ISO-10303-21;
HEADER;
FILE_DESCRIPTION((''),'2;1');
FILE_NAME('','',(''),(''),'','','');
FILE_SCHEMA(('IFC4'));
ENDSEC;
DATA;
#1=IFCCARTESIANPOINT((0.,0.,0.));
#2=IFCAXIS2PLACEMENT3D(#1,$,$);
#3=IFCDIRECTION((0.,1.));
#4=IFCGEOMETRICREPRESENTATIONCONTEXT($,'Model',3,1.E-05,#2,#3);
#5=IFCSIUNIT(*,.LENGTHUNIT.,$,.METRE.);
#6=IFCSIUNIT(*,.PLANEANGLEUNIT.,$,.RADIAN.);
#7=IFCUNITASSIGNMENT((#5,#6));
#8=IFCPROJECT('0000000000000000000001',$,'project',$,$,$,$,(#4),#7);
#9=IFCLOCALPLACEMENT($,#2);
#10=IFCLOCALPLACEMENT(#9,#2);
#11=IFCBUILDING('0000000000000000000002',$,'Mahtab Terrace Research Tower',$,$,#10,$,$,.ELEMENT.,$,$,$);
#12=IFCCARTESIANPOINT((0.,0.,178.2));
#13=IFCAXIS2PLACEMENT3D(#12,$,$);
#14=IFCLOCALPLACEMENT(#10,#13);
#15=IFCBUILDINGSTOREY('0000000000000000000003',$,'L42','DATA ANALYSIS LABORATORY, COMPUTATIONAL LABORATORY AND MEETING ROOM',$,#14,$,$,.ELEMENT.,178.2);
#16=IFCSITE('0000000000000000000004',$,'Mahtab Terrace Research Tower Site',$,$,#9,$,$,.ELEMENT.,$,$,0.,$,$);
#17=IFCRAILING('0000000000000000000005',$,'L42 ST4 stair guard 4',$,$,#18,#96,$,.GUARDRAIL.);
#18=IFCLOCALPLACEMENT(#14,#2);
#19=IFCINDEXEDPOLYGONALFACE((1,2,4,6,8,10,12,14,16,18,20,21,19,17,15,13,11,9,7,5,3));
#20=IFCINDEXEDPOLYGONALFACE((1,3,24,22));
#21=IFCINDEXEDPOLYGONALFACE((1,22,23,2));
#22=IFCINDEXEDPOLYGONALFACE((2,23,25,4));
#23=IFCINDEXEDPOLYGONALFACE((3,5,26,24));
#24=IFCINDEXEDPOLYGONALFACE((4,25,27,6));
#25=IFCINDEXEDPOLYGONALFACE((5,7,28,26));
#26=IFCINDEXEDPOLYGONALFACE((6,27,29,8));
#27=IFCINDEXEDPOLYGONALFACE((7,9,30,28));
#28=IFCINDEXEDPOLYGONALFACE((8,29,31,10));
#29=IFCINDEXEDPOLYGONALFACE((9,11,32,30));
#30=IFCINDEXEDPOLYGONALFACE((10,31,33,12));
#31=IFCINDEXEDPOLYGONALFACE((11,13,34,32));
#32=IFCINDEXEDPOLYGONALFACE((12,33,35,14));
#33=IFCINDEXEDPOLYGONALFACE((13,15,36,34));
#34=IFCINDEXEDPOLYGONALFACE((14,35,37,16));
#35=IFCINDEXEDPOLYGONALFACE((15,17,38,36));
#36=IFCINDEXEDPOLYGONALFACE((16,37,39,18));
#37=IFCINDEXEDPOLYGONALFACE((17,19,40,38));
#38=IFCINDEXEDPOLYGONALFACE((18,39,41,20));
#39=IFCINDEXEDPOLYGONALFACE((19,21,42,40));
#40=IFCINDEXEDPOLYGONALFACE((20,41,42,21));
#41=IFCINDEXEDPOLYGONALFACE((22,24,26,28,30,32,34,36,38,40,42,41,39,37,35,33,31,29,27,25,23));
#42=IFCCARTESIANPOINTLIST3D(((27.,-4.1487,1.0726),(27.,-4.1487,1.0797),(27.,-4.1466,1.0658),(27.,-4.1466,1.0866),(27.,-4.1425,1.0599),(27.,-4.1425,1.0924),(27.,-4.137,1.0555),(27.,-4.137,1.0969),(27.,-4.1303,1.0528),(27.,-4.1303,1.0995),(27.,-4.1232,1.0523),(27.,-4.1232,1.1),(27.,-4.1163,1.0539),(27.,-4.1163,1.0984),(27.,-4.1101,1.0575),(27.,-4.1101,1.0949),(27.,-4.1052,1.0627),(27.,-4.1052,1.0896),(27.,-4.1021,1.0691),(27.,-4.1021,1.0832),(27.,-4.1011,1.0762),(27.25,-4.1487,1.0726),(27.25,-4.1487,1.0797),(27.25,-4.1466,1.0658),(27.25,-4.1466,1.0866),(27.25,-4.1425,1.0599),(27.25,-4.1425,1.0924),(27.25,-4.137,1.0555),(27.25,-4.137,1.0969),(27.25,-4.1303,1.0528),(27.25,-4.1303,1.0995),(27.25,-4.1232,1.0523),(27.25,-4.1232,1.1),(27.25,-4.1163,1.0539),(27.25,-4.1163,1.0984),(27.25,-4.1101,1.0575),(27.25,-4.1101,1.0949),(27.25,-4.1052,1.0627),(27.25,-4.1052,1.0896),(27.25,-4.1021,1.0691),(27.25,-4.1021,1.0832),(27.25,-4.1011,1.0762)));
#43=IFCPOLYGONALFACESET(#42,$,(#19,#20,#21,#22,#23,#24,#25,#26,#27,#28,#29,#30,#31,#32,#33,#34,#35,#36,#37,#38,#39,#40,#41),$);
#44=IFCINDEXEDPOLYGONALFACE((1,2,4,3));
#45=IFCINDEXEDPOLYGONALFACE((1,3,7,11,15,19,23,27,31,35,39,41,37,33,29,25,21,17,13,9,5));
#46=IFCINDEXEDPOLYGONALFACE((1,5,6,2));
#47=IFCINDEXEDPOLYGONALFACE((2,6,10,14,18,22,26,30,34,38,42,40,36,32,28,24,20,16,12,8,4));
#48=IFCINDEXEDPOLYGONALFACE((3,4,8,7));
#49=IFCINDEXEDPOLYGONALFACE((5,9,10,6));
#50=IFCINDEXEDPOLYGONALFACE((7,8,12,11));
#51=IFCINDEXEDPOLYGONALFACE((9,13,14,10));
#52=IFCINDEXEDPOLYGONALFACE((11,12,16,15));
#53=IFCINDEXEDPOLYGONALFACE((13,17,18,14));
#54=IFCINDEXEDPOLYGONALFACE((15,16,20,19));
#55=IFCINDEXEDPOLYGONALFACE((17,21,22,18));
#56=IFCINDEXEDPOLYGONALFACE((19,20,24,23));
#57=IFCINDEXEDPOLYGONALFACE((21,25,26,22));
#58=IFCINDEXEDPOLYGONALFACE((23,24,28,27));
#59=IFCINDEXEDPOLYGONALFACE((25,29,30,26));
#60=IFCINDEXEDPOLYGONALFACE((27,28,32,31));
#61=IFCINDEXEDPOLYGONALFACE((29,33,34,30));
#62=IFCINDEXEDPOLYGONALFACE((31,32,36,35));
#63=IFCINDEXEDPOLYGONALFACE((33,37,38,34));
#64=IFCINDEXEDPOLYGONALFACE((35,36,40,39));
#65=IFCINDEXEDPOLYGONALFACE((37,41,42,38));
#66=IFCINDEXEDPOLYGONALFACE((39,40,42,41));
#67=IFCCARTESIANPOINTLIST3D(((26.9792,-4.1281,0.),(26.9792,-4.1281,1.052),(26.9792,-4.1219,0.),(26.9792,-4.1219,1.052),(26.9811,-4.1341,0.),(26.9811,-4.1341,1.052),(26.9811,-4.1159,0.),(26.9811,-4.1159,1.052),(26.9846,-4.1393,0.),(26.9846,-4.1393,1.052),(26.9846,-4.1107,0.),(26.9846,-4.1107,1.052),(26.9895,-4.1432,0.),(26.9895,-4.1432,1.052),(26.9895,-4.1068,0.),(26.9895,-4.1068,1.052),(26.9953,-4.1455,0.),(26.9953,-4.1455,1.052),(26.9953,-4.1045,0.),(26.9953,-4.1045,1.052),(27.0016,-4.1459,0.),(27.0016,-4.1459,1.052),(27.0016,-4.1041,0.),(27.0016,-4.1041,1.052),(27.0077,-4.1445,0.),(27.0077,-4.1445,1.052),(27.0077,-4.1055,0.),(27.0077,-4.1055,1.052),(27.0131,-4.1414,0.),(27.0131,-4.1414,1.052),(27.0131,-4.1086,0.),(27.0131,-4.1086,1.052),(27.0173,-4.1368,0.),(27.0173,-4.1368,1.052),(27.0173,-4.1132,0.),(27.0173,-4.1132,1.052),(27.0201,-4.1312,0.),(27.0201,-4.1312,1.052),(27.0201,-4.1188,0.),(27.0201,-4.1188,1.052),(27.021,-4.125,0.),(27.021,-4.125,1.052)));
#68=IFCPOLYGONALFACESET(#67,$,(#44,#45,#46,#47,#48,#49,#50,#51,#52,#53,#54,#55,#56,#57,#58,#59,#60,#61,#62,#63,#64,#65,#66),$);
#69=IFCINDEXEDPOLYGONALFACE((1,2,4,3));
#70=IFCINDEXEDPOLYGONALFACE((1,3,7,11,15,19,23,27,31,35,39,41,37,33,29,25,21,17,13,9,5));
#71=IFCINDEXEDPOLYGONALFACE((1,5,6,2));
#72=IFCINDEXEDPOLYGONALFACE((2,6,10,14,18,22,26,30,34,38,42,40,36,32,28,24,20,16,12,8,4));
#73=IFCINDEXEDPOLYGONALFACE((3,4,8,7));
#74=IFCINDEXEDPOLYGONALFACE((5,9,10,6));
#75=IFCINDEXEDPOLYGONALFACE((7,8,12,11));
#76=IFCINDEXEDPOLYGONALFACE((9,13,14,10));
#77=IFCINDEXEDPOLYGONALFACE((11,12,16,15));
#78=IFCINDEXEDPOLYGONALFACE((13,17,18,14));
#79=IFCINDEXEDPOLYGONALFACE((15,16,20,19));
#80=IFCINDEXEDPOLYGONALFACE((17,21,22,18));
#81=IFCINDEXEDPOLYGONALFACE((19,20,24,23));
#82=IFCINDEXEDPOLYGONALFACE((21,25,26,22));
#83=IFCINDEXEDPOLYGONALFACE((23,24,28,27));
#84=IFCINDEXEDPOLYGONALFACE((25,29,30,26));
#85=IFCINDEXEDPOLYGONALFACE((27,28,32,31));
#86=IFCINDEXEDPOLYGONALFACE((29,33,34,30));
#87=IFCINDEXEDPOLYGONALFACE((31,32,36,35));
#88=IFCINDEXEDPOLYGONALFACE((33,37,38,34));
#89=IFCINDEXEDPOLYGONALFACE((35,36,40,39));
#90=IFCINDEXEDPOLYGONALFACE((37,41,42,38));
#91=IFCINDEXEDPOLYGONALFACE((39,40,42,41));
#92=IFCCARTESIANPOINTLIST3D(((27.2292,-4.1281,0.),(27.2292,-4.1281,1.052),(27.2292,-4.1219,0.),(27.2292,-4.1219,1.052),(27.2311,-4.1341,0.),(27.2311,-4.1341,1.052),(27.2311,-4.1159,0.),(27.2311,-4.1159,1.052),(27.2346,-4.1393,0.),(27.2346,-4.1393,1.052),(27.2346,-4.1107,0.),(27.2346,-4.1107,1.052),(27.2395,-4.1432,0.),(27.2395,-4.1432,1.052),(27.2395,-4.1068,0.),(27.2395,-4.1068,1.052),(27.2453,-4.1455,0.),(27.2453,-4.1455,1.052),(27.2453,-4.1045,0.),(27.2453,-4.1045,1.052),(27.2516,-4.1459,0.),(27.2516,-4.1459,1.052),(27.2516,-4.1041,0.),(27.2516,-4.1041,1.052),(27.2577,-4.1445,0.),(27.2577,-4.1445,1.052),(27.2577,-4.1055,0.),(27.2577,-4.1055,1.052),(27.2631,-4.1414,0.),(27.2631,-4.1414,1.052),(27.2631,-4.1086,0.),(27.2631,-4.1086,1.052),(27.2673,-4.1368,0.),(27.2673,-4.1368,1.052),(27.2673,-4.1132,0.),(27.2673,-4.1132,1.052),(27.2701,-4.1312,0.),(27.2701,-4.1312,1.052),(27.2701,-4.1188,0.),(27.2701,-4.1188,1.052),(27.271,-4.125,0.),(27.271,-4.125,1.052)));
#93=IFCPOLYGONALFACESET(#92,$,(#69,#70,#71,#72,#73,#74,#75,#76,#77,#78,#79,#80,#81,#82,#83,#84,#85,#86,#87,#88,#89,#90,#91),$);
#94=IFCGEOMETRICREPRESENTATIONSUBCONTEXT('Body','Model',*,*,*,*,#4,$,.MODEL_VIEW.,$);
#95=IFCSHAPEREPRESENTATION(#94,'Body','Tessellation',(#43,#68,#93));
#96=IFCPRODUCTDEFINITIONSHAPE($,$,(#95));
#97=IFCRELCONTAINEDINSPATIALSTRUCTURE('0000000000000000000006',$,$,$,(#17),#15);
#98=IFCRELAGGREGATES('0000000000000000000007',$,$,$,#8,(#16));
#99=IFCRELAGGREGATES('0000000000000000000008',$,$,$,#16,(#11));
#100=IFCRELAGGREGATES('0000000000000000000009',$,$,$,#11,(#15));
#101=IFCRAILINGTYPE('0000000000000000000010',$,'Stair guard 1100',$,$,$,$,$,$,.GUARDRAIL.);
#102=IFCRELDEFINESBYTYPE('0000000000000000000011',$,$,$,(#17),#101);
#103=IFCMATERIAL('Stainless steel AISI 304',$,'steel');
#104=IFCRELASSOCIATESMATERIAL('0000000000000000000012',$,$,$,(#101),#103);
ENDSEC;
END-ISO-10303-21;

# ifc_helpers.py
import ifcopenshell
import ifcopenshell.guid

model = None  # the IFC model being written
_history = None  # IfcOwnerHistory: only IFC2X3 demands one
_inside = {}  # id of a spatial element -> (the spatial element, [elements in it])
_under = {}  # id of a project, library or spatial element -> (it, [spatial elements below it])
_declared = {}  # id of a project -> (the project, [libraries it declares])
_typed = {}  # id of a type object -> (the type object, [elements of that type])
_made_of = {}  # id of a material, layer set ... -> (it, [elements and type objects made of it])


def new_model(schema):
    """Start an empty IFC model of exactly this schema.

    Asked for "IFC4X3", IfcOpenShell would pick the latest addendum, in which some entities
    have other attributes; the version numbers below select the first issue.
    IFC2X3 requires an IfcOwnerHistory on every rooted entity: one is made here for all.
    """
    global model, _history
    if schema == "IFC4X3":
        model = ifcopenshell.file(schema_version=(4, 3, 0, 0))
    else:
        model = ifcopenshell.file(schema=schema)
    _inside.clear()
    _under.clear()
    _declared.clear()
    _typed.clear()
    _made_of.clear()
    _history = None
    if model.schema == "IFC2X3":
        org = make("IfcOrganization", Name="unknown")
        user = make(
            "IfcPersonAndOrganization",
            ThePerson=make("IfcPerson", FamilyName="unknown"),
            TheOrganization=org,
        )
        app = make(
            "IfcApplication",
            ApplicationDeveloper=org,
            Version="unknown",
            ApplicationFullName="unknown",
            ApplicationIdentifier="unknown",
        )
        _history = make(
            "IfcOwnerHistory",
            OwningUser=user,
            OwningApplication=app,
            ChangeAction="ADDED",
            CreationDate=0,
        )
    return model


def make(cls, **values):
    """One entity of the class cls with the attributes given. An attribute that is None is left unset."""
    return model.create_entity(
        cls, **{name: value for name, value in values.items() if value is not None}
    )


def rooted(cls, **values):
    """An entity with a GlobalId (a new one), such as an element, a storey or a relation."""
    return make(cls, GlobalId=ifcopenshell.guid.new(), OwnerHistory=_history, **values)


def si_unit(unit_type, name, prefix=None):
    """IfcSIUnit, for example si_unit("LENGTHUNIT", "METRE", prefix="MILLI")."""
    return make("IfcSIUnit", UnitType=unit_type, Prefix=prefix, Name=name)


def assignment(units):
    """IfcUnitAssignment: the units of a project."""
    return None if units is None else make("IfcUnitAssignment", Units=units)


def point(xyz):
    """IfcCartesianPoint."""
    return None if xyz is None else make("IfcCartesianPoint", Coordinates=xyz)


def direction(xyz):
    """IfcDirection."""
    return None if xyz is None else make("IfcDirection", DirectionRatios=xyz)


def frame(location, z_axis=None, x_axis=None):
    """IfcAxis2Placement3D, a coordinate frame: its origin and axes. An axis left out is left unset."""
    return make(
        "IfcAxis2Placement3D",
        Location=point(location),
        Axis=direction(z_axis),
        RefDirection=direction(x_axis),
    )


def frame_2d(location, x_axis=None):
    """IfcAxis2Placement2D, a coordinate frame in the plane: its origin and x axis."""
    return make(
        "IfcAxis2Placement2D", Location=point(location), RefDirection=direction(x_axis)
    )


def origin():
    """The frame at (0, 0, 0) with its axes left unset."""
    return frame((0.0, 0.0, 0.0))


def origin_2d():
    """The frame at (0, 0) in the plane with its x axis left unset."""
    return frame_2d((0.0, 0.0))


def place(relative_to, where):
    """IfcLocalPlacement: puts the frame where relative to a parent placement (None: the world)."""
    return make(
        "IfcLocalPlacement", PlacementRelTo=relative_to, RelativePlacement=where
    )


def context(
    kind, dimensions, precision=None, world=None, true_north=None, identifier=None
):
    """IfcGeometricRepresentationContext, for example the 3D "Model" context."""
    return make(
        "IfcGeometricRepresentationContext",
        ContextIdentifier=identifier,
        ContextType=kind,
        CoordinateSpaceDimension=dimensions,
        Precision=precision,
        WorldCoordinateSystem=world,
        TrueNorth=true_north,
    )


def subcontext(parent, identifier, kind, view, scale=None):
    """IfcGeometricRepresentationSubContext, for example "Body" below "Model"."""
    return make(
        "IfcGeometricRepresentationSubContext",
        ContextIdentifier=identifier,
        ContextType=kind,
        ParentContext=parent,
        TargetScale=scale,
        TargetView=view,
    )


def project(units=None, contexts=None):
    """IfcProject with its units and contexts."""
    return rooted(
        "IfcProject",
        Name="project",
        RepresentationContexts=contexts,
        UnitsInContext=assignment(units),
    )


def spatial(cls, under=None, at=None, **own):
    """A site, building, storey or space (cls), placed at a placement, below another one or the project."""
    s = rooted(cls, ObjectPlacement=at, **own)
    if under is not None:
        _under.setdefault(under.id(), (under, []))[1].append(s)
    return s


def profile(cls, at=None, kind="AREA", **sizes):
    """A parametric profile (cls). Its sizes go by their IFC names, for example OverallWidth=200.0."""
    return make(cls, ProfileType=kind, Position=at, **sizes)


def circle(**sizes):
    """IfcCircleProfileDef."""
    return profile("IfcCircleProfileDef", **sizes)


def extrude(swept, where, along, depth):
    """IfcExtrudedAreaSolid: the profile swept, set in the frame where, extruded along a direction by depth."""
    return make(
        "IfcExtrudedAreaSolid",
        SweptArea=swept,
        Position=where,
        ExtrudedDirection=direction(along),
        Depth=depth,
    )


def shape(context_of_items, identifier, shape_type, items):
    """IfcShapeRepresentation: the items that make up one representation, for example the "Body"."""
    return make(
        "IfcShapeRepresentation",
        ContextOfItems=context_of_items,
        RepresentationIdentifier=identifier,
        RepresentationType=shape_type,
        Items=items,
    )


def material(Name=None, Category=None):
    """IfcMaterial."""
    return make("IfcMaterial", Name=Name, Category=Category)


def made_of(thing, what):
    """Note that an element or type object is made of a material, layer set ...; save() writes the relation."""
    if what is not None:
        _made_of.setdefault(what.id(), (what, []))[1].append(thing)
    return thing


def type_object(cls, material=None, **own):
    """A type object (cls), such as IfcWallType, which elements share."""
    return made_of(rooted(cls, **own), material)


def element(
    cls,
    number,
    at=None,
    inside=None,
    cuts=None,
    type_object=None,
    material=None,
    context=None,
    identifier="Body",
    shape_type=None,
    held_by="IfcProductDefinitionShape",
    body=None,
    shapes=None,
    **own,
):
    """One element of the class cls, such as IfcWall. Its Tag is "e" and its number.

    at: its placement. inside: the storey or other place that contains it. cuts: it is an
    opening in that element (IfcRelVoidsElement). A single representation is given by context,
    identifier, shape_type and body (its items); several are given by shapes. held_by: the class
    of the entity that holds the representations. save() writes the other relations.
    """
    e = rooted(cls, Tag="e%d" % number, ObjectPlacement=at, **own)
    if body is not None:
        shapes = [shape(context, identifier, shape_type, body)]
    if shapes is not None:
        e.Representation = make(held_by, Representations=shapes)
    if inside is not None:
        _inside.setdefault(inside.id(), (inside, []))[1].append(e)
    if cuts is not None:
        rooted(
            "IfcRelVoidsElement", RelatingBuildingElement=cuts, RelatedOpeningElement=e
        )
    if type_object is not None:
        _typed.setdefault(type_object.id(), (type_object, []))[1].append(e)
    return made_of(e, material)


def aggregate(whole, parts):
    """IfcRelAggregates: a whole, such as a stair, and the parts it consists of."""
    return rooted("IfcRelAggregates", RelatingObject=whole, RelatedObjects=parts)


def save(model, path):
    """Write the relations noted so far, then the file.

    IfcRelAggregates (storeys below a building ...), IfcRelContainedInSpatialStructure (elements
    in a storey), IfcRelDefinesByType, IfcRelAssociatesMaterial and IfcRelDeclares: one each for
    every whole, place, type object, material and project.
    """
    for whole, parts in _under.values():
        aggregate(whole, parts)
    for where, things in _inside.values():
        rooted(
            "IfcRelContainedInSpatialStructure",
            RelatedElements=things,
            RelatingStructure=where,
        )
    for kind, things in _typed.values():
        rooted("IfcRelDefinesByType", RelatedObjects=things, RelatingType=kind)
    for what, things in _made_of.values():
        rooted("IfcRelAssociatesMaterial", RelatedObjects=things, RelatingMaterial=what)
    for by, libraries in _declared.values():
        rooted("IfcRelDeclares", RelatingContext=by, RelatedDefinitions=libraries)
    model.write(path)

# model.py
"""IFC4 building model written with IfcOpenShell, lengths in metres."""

from ifc_helpers import new_model, si_unit, direction, frame, origin, origin_2d, place, context, subcontext, project, spatial, circle, extrude, material, type_object, element, save


model = new_model("IFC4")

# Units and contexts
model_context = context("Model", 3, precision=1e-05, world=origin(), true_north=direction((0.0, 1.0)))
body_context = subcontext(model_context, "Body", "Model", "MODEL_VIEW")
ifc_project = project(units=[si_unit("LENGTHUNIT", "METRE"), si_unit("PLANEANGLEUNIT", "RADIAN")], contexts=[model_context])

# Site, building, storey
site_placement = place(None, origin())
site = spatial("IfcSite", under=ifc_project, at=site_placement, Name="Mahtab Terrace Research Tower Site", CompositionType="ELEMENT", RefElevation=0.0)
building_placement = place(site_placement, origin())
building = spatial("IfcBuilding", under=site, at=building_placement, Name="Mahtab Terrace Research Tower", CompositionType="ELEMENT")
storey_placement = place(building_placement, frame((0.0, 0.0, 178.2)))
storey = spatial("IfcBuildingStorey", under=building, at=storey_placement, Name="L42", Description="DATA ANALYSIS LABORATORY, COMPUTATIONAL LABORATORY AND MEETING ROOM", CompositionType="ELEMENT", Elevation=178.2)

# Railing
ifc_material_1 = material(Name="Stainless steel AISI 304", Category="steel")
railing_type_1 = type_object("IfcRailingType", Name="Stair guard 1100", PredefinedType="GUARDRAIL", material=ifc_material_1)
railing_1_placement = place(storey_placement, frame((27.0, -4.125, 0.0)))
element("IfcRailing", 1, at=railing_1_placement, inside=storey, type_object=railing_type_1, Name="L42 ST4 stair guard 4", PredefinedType="GUARDRAIL", context=body_context, shape_type="SweptSolid", body=[
    extrude(circle(Radius=0.0239, at=origin_2d()), frame((0.0, 0.0, 1.0762), z_axis=(1.0, 0.0, 0.0), x_axis=(0.0, 1.0, 0.0)), (0.0, 0.0, 1.0), 0.25),
    extrude(circle(Radius=0.021, at=origin_2d()), origin(), (0.0, 0.0, 1.0), 1.052),
    extrude(circle(Radius=0.021, at=origin_2d()), frame((0.25, 0.0, 0.0)), (0.0, 0.0, 1.0), 1.052),
])

save(model, "model.ifc")
